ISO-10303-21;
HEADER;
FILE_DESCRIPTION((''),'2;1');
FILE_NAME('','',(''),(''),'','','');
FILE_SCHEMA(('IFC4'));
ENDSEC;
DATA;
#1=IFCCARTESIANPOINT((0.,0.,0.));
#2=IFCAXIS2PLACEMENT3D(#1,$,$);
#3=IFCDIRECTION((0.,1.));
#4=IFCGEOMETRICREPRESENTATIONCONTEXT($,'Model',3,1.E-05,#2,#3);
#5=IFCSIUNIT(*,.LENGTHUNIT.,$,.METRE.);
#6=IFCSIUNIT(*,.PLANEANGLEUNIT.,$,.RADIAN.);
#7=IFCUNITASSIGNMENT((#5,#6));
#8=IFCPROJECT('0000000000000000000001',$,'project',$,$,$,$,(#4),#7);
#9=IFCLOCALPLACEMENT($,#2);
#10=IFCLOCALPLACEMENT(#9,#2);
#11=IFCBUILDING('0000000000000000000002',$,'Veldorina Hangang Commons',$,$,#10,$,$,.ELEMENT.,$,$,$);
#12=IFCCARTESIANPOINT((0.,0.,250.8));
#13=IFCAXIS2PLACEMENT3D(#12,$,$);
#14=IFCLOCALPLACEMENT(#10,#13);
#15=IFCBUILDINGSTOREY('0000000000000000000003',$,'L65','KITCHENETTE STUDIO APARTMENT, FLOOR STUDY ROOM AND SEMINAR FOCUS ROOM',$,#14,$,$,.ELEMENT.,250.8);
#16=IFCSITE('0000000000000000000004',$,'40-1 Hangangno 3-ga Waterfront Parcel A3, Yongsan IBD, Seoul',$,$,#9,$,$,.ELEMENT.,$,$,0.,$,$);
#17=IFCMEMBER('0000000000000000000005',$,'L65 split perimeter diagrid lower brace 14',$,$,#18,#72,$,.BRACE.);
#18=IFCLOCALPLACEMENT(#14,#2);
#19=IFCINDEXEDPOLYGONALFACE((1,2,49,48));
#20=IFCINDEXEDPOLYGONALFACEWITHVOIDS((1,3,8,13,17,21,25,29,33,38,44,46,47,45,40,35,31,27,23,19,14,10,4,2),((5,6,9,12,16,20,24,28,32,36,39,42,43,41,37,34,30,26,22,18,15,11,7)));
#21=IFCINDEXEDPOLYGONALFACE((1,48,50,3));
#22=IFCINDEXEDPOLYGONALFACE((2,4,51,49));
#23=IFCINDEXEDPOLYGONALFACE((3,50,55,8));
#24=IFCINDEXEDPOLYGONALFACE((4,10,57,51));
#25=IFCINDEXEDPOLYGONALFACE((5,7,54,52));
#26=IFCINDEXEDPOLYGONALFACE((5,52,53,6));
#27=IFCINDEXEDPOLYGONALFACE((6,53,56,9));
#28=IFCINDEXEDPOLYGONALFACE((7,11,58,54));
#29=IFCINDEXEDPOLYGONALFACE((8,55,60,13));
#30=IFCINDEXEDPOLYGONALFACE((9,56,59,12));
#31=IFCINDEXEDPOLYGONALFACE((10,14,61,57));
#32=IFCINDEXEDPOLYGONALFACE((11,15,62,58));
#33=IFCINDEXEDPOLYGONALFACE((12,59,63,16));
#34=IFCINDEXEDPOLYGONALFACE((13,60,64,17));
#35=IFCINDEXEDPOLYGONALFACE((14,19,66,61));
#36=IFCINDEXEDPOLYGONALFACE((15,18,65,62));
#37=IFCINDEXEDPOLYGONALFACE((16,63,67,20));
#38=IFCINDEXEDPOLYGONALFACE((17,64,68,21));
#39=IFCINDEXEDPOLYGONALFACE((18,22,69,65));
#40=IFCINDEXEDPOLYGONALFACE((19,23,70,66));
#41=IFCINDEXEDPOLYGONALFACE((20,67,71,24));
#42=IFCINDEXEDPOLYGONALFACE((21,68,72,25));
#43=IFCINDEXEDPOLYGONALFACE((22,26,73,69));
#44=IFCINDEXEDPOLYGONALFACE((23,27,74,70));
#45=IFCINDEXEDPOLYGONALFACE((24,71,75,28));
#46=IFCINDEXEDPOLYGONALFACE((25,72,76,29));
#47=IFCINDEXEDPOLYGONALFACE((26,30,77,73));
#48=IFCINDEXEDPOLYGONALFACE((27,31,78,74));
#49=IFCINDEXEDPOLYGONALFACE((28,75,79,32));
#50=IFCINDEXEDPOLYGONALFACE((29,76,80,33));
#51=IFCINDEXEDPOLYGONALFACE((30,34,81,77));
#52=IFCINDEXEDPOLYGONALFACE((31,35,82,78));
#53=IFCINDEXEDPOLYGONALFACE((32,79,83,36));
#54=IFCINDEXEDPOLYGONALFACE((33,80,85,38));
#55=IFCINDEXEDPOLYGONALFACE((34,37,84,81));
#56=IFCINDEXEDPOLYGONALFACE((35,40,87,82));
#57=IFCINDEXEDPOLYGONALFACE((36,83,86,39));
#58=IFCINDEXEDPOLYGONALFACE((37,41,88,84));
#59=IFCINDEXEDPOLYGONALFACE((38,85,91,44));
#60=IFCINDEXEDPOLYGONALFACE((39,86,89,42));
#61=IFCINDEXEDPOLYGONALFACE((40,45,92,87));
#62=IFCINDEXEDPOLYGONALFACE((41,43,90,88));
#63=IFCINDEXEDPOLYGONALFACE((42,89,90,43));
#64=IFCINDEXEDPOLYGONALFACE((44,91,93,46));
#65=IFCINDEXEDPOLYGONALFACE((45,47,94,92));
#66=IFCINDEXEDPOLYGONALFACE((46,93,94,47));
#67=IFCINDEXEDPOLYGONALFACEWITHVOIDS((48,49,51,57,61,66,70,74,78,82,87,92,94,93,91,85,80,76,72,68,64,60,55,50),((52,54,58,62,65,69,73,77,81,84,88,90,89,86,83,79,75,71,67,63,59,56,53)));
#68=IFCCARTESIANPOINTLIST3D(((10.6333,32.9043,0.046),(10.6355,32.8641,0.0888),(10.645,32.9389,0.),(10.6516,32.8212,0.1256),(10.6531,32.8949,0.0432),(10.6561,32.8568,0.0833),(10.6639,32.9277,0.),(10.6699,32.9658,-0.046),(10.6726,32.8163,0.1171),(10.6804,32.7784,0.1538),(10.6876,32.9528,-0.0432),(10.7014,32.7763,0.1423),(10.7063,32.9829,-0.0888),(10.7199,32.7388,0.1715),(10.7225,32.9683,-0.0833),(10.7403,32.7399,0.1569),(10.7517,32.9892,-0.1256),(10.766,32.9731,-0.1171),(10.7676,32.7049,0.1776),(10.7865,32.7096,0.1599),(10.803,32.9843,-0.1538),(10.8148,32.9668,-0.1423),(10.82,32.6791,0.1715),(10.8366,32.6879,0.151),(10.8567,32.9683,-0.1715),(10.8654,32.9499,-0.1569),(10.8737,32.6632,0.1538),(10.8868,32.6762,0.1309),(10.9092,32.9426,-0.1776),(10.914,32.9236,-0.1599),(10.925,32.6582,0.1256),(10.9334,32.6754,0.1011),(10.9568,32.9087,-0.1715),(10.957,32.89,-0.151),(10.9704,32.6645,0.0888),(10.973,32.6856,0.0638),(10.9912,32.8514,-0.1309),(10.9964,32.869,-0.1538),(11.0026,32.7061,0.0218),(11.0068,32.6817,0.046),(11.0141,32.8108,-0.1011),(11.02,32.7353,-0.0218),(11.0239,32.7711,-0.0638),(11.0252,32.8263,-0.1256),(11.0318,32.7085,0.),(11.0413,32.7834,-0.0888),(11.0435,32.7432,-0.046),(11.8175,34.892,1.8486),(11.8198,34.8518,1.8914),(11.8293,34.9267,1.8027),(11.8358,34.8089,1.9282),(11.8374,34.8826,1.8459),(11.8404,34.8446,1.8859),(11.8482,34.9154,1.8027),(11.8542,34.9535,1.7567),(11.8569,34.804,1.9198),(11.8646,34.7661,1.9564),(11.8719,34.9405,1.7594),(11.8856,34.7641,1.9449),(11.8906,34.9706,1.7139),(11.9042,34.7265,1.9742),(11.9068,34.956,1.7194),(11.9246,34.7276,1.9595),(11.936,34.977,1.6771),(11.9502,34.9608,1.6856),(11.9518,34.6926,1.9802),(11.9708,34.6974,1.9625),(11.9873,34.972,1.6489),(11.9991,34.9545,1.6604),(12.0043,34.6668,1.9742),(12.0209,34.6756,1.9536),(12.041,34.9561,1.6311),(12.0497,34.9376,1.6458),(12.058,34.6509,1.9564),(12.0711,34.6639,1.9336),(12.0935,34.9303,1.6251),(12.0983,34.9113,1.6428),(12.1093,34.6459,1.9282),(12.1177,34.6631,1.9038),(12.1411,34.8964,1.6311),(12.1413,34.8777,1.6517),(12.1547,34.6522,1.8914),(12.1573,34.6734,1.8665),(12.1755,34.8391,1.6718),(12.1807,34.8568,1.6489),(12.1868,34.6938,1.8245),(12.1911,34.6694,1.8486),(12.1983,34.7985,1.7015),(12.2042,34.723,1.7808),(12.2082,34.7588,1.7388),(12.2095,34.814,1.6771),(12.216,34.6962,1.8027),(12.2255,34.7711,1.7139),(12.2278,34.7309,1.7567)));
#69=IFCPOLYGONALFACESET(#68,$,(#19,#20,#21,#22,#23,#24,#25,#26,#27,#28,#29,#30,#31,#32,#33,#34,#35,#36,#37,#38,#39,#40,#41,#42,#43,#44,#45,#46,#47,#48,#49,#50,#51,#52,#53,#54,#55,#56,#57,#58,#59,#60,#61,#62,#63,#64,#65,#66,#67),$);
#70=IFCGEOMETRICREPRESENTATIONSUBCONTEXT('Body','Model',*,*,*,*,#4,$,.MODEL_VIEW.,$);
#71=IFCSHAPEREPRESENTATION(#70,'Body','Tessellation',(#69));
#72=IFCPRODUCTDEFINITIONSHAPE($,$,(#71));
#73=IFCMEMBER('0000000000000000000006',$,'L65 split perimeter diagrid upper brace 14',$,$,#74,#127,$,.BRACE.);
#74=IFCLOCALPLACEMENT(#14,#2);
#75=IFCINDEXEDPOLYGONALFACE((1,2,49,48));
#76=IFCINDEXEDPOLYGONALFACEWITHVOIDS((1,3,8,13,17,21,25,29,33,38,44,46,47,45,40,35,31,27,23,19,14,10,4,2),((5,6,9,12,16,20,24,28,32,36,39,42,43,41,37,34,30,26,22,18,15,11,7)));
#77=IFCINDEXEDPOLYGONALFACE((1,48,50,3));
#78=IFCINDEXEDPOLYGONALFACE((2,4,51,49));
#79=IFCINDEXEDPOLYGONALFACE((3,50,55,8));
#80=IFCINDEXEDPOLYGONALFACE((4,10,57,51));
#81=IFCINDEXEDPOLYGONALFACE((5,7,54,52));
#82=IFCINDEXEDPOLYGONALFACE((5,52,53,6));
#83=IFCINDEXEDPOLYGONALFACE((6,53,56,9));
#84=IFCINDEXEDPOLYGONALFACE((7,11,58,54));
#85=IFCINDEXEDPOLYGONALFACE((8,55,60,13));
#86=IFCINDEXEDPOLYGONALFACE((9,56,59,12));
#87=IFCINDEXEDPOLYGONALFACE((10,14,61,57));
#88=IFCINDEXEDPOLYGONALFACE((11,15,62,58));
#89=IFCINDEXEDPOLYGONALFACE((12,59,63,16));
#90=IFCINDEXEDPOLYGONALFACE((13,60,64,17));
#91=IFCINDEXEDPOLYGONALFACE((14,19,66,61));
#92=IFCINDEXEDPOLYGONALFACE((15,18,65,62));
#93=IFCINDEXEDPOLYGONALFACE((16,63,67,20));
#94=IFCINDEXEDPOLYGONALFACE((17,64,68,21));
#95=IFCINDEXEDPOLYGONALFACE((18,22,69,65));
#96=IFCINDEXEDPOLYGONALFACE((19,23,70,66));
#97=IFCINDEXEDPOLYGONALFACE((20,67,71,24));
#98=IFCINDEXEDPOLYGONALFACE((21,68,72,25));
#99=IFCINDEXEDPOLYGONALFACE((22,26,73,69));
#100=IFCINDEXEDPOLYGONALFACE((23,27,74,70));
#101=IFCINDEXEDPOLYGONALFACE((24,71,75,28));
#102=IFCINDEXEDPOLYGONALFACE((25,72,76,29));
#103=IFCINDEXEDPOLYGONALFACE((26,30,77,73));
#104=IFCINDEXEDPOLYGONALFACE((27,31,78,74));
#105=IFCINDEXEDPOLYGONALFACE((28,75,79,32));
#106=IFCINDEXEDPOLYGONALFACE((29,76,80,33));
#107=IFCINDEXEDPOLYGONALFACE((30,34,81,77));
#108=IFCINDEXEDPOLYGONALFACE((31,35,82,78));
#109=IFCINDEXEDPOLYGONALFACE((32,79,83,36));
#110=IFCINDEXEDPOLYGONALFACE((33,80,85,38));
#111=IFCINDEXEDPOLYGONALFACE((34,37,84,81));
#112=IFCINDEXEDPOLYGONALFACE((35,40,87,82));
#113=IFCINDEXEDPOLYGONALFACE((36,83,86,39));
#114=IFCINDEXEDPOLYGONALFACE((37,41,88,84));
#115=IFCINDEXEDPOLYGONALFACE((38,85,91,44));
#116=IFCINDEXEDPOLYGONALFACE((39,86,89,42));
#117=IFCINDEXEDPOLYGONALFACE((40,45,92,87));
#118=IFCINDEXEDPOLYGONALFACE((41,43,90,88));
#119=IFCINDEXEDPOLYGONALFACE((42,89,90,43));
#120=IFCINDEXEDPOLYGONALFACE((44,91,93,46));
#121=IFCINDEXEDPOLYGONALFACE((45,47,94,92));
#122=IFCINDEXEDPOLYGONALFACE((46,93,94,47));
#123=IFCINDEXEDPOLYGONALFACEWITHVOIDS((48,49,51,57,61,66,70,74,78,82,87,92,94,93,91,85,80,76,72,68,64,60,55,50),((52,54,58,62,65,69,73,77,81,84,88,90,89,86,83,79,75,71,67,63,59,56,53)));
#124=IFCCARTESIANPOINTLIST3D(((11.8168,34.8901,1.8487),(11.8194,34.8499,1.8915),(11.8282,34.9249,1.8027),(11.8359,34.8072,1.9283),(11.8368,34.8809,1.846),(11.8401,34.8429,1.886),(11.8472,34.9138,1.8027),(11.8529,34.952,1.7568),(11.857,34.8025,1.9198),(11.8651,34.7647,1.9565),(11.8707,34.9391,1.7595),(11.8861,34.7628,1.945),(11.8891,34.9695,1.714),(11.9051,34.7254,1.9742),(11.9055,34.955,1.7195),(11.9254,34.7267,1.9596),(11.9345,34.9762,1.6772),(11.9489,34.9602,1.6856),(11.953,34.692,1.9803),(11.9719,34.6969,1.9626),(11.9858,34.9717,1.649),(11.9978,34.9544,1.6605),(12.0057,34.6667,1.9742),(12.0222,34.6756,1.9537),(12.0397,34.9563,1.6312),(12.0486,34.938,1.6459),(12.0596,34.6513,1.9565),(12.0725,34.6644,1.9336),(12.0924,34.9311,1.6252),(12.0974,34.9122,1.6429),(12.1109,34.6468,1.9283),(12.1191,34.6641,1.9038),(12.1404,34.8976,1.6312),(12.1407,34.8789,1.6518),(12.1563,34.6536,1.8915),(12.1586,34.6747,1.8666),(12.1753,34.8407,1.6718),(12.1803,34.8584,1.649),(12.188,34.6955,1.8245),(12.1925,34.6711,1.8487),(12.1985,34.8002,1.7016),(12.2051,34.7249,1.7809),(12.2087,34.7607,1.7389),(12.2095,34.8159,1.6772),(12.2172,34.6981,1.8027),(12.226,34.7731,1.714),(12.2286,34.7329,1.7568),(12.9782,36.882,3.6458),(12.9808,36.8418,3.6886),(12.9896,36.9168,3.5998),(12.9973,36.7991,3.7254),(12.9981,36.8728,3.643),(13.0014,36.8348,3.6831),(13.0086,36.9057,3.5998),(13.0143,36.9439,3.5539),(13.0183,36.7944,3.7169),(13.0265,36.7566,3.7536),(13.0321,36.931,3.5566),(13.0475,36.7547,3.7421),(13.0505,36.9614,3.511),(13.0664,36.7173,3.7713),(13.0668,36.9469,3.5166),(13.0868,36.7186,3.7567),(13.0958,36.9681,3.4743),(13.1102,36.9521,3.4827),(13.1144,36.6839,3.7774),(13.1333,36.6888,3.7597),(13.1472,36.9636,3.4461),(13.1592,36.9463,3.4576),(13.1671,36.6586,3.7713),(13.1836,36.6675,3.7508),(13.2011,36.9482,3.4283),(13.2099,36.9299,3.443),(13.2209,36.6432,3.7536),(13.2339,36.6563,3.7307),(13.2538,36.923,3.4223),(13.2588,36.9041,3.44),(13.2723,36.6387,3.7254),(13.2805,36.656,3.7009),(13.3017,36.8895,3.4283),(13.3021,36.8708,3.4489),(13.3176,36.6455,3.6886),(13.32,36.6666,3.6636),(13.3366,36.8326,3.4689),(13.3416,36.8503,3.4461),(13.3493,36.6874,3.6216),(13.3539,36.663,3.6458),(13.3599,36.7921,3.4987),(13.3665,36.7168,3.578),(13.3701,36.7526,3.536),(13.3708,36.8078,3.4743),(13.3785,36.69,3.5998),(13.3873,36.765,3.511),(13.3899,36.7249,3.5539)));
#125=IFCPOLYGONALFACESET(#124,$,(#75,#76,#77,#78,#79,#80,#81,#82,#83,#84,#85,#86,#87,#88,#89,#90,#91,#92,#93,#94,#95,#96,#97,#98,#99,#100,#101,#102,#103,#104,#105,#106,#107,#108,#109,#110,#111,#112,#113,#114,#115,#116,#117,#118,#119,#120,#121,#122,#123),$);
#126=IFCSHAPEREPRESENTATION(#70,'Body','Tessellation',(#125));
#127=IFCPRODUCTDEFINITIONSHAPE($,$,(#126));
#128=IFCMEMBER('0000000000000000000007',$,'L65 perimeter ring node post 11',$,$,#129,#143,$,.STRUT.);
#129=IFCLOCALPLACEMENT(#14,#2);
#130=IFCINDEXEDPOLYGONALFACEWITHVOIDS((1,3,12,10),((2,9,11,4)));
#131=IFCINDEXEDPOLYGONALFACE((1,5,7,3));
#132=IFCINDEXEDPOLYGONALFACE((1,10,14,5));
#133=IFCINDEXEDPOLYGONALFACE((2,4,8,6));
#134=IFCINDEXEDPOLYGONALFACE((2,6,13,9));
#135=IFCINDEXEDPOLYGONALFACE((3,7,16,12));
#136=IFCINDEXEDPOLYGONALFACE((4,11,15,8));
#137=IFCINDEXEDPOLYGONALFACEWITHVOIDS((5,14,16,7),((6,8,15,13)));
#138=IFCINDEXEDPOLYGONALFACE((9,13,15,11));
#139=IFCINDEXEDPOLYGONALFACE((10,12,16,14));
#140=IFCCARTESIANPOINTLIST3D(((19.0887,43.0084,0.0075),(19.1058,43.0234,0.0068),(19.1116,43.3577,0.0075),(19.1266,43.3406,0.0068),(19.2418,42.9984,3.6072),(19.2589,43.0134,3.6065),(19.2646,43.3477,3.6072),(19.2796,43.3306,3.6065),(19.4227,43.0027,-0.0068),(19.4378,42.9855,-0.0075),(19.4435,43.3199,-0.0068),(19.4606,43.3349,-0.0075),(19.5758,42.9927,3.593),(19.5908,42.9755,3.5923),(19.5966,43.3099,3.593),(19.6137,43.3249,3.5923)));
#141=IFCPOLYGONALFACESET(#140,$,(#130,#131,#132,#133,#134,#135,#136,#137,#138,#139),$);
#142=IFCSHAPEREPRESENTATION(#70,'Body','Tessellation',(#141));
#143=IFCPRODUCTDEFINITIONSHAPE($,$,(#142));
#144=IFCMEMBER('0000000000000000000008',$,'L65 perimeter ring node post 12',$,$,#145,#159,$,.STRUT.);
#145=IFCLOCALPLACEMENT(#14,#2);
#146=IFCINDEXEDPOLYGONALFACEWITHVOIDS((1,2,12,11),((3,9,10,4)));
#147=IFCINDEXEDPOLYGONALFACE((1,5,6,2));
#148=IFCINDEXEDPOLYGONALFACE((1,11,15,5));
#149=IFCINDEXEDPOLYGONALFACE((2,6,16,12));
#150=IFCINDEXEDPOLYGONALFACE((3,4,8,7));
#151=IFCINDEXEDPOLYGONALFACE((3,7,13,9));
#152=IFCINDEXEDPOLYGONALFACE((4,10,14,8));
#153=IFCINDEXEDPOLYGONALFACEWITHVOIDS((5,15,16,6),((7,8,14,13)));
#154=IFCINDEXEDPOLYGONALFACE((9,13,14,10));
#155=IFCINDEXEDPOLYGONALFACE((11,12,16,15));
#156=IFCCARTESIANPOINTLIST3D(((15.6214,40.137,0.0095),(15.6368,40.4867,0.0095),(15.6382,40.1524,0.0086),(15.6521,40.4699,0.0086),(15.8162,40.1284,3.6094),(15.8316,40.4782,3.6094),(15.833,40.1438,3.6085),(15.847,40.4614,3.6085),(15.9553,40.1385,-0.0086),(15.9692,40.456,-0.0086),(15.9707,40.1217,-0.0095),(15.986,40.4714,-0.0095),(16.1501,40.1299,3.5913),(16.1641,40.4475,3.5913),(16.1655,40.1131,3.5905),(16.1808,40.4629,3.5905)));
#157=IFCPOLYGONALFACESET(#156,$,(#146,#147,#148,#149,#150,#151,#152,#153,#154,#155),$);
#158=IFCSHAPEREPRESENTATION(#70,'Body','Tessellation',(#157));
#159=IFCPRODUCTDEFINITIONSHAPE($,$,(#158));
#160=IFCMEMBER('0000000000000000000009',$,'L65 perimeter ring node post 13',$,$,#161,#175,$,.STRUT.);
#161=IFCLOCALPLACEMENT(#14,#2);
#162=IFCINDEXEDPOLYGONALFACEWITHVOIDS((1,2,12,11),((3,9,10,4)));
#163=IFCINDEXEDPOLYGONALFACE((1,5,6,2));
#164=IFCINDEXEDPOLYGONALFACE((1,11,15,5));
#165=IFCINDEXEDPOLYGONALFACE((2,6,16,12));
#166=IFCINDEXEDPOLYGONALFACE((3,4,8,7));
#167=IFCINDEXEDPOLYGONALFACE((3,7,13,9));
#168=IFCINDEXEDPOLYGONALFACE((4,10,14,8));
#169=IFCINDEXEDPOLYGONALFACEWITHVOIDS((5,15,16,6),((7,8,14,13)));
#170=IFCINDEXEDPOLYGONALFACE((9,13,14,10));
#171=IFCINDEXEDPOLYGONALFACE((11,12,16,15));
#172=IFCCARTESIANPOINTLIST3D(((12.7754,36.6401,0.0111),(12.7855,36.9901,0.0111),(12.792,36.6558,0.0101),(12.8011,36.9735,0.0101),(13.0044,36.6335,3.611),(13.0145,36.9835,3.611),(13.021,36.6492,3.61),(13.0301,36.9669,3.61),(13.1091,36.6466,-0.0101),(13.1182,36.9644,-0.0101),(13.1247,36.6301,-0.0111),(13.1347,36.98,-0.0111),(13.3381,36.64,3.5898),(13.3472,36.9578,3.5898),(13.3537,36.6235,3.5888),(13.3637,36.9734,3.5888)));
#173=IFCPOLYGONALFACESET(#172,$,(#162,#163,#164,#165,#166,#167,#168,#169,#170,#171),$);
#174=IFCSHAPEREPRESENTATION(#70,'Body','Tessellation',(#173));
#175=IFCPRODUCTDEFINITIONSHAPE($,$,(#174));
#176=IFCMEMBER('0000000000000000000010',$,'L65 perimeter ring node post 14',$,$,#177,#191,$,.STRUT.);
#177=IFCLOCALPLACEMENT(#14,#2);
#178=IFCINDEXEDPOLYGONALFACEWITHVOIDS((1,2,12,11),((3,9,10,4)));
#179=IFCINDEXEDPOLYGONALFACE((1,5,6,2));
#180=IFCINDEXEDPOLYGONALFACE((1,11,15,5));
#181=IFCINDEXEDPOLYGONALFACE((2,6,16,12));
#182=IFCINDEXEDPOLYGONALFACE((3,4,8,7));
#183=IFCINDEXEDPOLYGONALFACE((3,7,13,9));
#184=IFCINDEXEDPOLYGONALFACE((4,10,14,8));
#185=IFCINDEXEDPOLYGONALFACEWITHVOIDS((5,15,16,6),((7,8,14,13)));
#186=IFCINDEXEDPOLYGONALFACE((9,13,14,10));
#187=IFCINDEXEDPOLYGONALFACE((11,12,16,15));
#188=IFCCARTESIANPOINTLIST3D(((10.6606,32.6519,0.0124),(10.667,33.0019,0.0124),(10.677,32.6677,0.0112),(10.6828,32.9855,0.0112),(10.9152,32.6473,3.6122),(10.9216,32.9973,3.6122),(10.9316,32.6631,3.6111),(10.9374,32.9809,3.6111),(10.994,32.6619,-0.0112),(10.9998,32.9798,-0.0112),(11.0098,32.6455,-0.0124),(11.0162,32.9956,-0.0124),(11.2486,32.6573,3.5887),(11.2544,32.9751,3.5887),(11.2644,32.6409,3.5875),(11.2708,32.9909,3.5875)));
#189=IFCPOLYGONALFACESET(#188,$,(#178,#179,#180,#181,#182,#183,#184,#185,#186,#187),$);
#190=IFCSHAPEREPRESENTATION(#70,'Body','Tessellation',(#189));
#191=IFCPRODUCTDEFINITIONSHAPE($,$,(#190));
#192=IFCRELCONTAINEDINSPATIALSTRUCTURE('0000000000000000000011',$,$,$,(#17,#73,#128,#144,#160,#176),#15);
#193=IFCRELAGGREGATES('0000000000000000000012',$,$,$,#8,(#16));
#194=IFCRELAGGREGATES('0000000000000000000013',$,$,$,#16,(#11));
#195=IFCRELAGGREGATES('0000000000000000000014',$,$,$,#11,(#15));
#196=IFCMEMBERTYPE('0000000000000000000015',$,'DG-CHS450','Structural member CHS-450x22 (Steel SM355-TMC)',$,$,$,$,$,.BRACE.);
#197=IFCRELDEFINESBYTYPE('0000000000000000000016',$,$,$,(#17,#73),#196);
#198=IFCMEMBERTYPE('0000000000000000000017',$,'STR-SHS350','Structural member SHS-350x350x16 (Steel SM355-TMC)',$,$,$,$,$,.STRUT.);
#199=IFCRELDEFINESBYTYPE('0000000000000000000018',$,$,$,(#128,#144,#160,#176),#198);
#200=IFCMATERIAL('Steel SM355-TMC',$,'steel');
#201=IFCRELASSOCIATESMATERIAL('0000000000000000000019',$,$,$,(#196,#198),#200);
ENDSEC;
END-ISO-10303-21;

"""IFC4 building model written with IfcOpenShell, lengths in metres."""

from ifc_helpers import new_model, si_unit, direction, frame, origin, origin_2d, place, context, subcontext, project, spatial, hollow_rectangle, hollow_circle, extrude, material, material_profile, profile_set, type_object, element, save


model = new_model("IFC4")

# Units and contexts
model_context = context("Model", 3, precision=1e-05, world=origin(), true_north=direction((0.0, 1.0)))
body_context = subcontext(model_context, "Body", "Model", "MODEL_VIEW")
ifc_project = project(units=[si_unit("LENGTHUNIT", "METRE"), si_unit("PLANEANGLEUNIT", "RADIAN")], contexts=[model_context])

# Site, building, storey
site_placement = place(None, origin())
site = spatial("IfcSite", under=ifc_project, at=site_placement, Name="40-1 Hangangno 3-ga Waterfront Parcel A3, Yongsan IBD, Seoul", CompositionType="ELEMENT", RefElevation=0.0)
building_placement = place(site_placement, origin())
building = spatial("IfcBuilding", under=site, at=building_placement, Name="Veldorina Hangang Commons", CompositionType="ELEMENT")
storey_placement = place(building_placement, frame((0.0, 0.0, 250.8)))
storey = spatial("IfcBuildingStorey", under=building, at=storey_placement, Name="L65", Description="KITCHENETTE STUDIO APARTMENT, FLOOR STUDY ROOM AND SEMINAR FOCUS ROOM", CompositionType="ELEMENT", Elevation=250.8)

# Shared definitions
ifc_material_1 = material(Name="Steel SM355-TMC", Category="steel")

# Members
ifc_material_profile_1 = material_profile(ifc_material_1, hollow_circle(Radius=0.2251, WallThickness=0.022, at=origin_2d()), Name="CHS-450x22")
ifc_profile_set_1 = profile_set([ifc_material_profile_1], Name="Steel SM355-TMC")
member_type_1 = type_object("IfcMemberType", Name="DG-CHS450", Description="Structural member CHS-450x22 (Steel SM355-TMC)", PredefinedType="BRACE", material=ifc_profile_set_1)
member_1_placement = place(storey_placement, frame((10.8384, 32.8237, 0.0), z_axis=(0.403763, 0.677682, 0.614592), x_axis=(-0.859081, 0.51184, 0.0)))
element("IfcMember", 1, at=member_1_placement, inside=storey, type_object=member_type_1, Name="L65 split perimeter diagrid lower brace 14", PredefinedType="BRACE", context=body_context, shape_type="SweptSolid", body=[
    extrude(hollow_circle(Radius=0.2251, WallThickness=0.022, at=origin_2d()), origin(), (0.0, 0.0, 1.0), 2.9331),
])
member_2_placement = place(storey_placement, frame((12.0227, 34.8115, 1.8027), z_axis=(0.397269, 0.681379, 0.614736), x_axis=(-0.86389, 0.50368, 0.0)))
element("IfcMember", 2, at=member_2_placement, inside=storey, type_object=member_type_1, Name="L65 split perimeter diagrid upper brace 14", PredefinedType="BRACE", context=body_context, shape_type="SweptSolid", body=[
    extrude(hollow_circle(Radius=0.2251, WallThickness=0.022, at=origin_2d()), origin(), (0.0, 0.0, 1.0), 2.9233),
])
ifc_material_profile_2 = material_profile(ifc_material_1, hollow_rectangle(XDim=0.3501, YDim=0.3501, WallThickness=0.0161, at=origin_2d()), Name="SHS-350x350x16")
ifc_profile_set_2 = profile_set([ifc_material_profile_2], Name="Steel SM355-TMC")
member_type_2 = type_object("IfcMemberType", Name="STR-SHS350", Description="Structural member SHS-350x350x16 (Steel SM355-TMC)", PredefinedType="STRUT", material=ifc_profile_set_2)
member_3_placement = place(storey_placement, frame((19.2747, 43.1716, 0.0), z_axis=(0.042484, -0.002778, 0.999093), x_axis=(0.065251, 0.997869, 0.0)))
element("IfcMember", 3, at=member_3_placement, inside=storey, type_object=member_type_2, Name="L65 perimeter ring node post 11", PredefinedType="STRUT", context=body_context, shape_type="SweptSolid", body=[
    extrude(hollow_rectangle(XDim=0.3501, YDim=0.3501, WallThickness=0.0161, at=origin_2d()), origin(), (0.0, 0.0, 1.0), 3.603),
])
member_4_placement = place(storey_placement, frame((15.8037, 40.3042, 0.0), z_axis=(0.054041, -0.00237, 0.998536), x_axis=(0.043818, 0.99904, 0.0)))
element("IfcMember", 4, at=member_4_placement, inside=storey, type_object=member_type_2, Name="L65 perimeter ring node post 12", PredefinedType="STRUT", context=body_context, shape_type="SweptSolid", body=[
    extrude(hollow_rectangle(XDim=0.3501, YDim=0.3501, WallThickness=0.0161, at=origin_2d()), origin(), (0.0, 0.0, 1.0), 3.6052),
])
member_5_placement = place(storey_placement, frame((12.9551, 36.8101, 0.0), z_axis=(0.063486, -0.001827, 0.997981), x_axis=(0.028773, 0.999586, 0.0)))
element("IfcMember", 5, at=member_5_placement, inside=storey, type_object=member_type_2, Name="L65 perimeter ring node post 13", PredefinedType="STRUT", context=body_context, shape_type="SweptSolid", body=[
    extrude(hollow_rectangle(XDim=0.3501, YDim=0.3501, WallThickness=0.0161, at=origin_2d()), origin(), (0.0, 0.0, 1.0), 3.6072),
])
member_6_placement = place(storey_placement, frame((10.8384, 32.8237, 0.0), z_axis=(0.070559, -0.001285, 0.997507), x_axis=(0.018214, 0.999834, 0.0)))
element("IfcMember", 6, at=member_6_placement, inside=storey, type_object=member_type_2, Name="L65 perimeter ring node post 14", PredefinedType="STRUT", context=body_context, shape_type="SweptSolid", body=[
    extrude(hollow_rectangle(XDim=0.3501, YDim=0.3501, WallThickness=0.0161, at=origin_2d()), origin(), (0.0, 0.0, 1.0), 3.6089),
])

save(model, "model.ifc")
